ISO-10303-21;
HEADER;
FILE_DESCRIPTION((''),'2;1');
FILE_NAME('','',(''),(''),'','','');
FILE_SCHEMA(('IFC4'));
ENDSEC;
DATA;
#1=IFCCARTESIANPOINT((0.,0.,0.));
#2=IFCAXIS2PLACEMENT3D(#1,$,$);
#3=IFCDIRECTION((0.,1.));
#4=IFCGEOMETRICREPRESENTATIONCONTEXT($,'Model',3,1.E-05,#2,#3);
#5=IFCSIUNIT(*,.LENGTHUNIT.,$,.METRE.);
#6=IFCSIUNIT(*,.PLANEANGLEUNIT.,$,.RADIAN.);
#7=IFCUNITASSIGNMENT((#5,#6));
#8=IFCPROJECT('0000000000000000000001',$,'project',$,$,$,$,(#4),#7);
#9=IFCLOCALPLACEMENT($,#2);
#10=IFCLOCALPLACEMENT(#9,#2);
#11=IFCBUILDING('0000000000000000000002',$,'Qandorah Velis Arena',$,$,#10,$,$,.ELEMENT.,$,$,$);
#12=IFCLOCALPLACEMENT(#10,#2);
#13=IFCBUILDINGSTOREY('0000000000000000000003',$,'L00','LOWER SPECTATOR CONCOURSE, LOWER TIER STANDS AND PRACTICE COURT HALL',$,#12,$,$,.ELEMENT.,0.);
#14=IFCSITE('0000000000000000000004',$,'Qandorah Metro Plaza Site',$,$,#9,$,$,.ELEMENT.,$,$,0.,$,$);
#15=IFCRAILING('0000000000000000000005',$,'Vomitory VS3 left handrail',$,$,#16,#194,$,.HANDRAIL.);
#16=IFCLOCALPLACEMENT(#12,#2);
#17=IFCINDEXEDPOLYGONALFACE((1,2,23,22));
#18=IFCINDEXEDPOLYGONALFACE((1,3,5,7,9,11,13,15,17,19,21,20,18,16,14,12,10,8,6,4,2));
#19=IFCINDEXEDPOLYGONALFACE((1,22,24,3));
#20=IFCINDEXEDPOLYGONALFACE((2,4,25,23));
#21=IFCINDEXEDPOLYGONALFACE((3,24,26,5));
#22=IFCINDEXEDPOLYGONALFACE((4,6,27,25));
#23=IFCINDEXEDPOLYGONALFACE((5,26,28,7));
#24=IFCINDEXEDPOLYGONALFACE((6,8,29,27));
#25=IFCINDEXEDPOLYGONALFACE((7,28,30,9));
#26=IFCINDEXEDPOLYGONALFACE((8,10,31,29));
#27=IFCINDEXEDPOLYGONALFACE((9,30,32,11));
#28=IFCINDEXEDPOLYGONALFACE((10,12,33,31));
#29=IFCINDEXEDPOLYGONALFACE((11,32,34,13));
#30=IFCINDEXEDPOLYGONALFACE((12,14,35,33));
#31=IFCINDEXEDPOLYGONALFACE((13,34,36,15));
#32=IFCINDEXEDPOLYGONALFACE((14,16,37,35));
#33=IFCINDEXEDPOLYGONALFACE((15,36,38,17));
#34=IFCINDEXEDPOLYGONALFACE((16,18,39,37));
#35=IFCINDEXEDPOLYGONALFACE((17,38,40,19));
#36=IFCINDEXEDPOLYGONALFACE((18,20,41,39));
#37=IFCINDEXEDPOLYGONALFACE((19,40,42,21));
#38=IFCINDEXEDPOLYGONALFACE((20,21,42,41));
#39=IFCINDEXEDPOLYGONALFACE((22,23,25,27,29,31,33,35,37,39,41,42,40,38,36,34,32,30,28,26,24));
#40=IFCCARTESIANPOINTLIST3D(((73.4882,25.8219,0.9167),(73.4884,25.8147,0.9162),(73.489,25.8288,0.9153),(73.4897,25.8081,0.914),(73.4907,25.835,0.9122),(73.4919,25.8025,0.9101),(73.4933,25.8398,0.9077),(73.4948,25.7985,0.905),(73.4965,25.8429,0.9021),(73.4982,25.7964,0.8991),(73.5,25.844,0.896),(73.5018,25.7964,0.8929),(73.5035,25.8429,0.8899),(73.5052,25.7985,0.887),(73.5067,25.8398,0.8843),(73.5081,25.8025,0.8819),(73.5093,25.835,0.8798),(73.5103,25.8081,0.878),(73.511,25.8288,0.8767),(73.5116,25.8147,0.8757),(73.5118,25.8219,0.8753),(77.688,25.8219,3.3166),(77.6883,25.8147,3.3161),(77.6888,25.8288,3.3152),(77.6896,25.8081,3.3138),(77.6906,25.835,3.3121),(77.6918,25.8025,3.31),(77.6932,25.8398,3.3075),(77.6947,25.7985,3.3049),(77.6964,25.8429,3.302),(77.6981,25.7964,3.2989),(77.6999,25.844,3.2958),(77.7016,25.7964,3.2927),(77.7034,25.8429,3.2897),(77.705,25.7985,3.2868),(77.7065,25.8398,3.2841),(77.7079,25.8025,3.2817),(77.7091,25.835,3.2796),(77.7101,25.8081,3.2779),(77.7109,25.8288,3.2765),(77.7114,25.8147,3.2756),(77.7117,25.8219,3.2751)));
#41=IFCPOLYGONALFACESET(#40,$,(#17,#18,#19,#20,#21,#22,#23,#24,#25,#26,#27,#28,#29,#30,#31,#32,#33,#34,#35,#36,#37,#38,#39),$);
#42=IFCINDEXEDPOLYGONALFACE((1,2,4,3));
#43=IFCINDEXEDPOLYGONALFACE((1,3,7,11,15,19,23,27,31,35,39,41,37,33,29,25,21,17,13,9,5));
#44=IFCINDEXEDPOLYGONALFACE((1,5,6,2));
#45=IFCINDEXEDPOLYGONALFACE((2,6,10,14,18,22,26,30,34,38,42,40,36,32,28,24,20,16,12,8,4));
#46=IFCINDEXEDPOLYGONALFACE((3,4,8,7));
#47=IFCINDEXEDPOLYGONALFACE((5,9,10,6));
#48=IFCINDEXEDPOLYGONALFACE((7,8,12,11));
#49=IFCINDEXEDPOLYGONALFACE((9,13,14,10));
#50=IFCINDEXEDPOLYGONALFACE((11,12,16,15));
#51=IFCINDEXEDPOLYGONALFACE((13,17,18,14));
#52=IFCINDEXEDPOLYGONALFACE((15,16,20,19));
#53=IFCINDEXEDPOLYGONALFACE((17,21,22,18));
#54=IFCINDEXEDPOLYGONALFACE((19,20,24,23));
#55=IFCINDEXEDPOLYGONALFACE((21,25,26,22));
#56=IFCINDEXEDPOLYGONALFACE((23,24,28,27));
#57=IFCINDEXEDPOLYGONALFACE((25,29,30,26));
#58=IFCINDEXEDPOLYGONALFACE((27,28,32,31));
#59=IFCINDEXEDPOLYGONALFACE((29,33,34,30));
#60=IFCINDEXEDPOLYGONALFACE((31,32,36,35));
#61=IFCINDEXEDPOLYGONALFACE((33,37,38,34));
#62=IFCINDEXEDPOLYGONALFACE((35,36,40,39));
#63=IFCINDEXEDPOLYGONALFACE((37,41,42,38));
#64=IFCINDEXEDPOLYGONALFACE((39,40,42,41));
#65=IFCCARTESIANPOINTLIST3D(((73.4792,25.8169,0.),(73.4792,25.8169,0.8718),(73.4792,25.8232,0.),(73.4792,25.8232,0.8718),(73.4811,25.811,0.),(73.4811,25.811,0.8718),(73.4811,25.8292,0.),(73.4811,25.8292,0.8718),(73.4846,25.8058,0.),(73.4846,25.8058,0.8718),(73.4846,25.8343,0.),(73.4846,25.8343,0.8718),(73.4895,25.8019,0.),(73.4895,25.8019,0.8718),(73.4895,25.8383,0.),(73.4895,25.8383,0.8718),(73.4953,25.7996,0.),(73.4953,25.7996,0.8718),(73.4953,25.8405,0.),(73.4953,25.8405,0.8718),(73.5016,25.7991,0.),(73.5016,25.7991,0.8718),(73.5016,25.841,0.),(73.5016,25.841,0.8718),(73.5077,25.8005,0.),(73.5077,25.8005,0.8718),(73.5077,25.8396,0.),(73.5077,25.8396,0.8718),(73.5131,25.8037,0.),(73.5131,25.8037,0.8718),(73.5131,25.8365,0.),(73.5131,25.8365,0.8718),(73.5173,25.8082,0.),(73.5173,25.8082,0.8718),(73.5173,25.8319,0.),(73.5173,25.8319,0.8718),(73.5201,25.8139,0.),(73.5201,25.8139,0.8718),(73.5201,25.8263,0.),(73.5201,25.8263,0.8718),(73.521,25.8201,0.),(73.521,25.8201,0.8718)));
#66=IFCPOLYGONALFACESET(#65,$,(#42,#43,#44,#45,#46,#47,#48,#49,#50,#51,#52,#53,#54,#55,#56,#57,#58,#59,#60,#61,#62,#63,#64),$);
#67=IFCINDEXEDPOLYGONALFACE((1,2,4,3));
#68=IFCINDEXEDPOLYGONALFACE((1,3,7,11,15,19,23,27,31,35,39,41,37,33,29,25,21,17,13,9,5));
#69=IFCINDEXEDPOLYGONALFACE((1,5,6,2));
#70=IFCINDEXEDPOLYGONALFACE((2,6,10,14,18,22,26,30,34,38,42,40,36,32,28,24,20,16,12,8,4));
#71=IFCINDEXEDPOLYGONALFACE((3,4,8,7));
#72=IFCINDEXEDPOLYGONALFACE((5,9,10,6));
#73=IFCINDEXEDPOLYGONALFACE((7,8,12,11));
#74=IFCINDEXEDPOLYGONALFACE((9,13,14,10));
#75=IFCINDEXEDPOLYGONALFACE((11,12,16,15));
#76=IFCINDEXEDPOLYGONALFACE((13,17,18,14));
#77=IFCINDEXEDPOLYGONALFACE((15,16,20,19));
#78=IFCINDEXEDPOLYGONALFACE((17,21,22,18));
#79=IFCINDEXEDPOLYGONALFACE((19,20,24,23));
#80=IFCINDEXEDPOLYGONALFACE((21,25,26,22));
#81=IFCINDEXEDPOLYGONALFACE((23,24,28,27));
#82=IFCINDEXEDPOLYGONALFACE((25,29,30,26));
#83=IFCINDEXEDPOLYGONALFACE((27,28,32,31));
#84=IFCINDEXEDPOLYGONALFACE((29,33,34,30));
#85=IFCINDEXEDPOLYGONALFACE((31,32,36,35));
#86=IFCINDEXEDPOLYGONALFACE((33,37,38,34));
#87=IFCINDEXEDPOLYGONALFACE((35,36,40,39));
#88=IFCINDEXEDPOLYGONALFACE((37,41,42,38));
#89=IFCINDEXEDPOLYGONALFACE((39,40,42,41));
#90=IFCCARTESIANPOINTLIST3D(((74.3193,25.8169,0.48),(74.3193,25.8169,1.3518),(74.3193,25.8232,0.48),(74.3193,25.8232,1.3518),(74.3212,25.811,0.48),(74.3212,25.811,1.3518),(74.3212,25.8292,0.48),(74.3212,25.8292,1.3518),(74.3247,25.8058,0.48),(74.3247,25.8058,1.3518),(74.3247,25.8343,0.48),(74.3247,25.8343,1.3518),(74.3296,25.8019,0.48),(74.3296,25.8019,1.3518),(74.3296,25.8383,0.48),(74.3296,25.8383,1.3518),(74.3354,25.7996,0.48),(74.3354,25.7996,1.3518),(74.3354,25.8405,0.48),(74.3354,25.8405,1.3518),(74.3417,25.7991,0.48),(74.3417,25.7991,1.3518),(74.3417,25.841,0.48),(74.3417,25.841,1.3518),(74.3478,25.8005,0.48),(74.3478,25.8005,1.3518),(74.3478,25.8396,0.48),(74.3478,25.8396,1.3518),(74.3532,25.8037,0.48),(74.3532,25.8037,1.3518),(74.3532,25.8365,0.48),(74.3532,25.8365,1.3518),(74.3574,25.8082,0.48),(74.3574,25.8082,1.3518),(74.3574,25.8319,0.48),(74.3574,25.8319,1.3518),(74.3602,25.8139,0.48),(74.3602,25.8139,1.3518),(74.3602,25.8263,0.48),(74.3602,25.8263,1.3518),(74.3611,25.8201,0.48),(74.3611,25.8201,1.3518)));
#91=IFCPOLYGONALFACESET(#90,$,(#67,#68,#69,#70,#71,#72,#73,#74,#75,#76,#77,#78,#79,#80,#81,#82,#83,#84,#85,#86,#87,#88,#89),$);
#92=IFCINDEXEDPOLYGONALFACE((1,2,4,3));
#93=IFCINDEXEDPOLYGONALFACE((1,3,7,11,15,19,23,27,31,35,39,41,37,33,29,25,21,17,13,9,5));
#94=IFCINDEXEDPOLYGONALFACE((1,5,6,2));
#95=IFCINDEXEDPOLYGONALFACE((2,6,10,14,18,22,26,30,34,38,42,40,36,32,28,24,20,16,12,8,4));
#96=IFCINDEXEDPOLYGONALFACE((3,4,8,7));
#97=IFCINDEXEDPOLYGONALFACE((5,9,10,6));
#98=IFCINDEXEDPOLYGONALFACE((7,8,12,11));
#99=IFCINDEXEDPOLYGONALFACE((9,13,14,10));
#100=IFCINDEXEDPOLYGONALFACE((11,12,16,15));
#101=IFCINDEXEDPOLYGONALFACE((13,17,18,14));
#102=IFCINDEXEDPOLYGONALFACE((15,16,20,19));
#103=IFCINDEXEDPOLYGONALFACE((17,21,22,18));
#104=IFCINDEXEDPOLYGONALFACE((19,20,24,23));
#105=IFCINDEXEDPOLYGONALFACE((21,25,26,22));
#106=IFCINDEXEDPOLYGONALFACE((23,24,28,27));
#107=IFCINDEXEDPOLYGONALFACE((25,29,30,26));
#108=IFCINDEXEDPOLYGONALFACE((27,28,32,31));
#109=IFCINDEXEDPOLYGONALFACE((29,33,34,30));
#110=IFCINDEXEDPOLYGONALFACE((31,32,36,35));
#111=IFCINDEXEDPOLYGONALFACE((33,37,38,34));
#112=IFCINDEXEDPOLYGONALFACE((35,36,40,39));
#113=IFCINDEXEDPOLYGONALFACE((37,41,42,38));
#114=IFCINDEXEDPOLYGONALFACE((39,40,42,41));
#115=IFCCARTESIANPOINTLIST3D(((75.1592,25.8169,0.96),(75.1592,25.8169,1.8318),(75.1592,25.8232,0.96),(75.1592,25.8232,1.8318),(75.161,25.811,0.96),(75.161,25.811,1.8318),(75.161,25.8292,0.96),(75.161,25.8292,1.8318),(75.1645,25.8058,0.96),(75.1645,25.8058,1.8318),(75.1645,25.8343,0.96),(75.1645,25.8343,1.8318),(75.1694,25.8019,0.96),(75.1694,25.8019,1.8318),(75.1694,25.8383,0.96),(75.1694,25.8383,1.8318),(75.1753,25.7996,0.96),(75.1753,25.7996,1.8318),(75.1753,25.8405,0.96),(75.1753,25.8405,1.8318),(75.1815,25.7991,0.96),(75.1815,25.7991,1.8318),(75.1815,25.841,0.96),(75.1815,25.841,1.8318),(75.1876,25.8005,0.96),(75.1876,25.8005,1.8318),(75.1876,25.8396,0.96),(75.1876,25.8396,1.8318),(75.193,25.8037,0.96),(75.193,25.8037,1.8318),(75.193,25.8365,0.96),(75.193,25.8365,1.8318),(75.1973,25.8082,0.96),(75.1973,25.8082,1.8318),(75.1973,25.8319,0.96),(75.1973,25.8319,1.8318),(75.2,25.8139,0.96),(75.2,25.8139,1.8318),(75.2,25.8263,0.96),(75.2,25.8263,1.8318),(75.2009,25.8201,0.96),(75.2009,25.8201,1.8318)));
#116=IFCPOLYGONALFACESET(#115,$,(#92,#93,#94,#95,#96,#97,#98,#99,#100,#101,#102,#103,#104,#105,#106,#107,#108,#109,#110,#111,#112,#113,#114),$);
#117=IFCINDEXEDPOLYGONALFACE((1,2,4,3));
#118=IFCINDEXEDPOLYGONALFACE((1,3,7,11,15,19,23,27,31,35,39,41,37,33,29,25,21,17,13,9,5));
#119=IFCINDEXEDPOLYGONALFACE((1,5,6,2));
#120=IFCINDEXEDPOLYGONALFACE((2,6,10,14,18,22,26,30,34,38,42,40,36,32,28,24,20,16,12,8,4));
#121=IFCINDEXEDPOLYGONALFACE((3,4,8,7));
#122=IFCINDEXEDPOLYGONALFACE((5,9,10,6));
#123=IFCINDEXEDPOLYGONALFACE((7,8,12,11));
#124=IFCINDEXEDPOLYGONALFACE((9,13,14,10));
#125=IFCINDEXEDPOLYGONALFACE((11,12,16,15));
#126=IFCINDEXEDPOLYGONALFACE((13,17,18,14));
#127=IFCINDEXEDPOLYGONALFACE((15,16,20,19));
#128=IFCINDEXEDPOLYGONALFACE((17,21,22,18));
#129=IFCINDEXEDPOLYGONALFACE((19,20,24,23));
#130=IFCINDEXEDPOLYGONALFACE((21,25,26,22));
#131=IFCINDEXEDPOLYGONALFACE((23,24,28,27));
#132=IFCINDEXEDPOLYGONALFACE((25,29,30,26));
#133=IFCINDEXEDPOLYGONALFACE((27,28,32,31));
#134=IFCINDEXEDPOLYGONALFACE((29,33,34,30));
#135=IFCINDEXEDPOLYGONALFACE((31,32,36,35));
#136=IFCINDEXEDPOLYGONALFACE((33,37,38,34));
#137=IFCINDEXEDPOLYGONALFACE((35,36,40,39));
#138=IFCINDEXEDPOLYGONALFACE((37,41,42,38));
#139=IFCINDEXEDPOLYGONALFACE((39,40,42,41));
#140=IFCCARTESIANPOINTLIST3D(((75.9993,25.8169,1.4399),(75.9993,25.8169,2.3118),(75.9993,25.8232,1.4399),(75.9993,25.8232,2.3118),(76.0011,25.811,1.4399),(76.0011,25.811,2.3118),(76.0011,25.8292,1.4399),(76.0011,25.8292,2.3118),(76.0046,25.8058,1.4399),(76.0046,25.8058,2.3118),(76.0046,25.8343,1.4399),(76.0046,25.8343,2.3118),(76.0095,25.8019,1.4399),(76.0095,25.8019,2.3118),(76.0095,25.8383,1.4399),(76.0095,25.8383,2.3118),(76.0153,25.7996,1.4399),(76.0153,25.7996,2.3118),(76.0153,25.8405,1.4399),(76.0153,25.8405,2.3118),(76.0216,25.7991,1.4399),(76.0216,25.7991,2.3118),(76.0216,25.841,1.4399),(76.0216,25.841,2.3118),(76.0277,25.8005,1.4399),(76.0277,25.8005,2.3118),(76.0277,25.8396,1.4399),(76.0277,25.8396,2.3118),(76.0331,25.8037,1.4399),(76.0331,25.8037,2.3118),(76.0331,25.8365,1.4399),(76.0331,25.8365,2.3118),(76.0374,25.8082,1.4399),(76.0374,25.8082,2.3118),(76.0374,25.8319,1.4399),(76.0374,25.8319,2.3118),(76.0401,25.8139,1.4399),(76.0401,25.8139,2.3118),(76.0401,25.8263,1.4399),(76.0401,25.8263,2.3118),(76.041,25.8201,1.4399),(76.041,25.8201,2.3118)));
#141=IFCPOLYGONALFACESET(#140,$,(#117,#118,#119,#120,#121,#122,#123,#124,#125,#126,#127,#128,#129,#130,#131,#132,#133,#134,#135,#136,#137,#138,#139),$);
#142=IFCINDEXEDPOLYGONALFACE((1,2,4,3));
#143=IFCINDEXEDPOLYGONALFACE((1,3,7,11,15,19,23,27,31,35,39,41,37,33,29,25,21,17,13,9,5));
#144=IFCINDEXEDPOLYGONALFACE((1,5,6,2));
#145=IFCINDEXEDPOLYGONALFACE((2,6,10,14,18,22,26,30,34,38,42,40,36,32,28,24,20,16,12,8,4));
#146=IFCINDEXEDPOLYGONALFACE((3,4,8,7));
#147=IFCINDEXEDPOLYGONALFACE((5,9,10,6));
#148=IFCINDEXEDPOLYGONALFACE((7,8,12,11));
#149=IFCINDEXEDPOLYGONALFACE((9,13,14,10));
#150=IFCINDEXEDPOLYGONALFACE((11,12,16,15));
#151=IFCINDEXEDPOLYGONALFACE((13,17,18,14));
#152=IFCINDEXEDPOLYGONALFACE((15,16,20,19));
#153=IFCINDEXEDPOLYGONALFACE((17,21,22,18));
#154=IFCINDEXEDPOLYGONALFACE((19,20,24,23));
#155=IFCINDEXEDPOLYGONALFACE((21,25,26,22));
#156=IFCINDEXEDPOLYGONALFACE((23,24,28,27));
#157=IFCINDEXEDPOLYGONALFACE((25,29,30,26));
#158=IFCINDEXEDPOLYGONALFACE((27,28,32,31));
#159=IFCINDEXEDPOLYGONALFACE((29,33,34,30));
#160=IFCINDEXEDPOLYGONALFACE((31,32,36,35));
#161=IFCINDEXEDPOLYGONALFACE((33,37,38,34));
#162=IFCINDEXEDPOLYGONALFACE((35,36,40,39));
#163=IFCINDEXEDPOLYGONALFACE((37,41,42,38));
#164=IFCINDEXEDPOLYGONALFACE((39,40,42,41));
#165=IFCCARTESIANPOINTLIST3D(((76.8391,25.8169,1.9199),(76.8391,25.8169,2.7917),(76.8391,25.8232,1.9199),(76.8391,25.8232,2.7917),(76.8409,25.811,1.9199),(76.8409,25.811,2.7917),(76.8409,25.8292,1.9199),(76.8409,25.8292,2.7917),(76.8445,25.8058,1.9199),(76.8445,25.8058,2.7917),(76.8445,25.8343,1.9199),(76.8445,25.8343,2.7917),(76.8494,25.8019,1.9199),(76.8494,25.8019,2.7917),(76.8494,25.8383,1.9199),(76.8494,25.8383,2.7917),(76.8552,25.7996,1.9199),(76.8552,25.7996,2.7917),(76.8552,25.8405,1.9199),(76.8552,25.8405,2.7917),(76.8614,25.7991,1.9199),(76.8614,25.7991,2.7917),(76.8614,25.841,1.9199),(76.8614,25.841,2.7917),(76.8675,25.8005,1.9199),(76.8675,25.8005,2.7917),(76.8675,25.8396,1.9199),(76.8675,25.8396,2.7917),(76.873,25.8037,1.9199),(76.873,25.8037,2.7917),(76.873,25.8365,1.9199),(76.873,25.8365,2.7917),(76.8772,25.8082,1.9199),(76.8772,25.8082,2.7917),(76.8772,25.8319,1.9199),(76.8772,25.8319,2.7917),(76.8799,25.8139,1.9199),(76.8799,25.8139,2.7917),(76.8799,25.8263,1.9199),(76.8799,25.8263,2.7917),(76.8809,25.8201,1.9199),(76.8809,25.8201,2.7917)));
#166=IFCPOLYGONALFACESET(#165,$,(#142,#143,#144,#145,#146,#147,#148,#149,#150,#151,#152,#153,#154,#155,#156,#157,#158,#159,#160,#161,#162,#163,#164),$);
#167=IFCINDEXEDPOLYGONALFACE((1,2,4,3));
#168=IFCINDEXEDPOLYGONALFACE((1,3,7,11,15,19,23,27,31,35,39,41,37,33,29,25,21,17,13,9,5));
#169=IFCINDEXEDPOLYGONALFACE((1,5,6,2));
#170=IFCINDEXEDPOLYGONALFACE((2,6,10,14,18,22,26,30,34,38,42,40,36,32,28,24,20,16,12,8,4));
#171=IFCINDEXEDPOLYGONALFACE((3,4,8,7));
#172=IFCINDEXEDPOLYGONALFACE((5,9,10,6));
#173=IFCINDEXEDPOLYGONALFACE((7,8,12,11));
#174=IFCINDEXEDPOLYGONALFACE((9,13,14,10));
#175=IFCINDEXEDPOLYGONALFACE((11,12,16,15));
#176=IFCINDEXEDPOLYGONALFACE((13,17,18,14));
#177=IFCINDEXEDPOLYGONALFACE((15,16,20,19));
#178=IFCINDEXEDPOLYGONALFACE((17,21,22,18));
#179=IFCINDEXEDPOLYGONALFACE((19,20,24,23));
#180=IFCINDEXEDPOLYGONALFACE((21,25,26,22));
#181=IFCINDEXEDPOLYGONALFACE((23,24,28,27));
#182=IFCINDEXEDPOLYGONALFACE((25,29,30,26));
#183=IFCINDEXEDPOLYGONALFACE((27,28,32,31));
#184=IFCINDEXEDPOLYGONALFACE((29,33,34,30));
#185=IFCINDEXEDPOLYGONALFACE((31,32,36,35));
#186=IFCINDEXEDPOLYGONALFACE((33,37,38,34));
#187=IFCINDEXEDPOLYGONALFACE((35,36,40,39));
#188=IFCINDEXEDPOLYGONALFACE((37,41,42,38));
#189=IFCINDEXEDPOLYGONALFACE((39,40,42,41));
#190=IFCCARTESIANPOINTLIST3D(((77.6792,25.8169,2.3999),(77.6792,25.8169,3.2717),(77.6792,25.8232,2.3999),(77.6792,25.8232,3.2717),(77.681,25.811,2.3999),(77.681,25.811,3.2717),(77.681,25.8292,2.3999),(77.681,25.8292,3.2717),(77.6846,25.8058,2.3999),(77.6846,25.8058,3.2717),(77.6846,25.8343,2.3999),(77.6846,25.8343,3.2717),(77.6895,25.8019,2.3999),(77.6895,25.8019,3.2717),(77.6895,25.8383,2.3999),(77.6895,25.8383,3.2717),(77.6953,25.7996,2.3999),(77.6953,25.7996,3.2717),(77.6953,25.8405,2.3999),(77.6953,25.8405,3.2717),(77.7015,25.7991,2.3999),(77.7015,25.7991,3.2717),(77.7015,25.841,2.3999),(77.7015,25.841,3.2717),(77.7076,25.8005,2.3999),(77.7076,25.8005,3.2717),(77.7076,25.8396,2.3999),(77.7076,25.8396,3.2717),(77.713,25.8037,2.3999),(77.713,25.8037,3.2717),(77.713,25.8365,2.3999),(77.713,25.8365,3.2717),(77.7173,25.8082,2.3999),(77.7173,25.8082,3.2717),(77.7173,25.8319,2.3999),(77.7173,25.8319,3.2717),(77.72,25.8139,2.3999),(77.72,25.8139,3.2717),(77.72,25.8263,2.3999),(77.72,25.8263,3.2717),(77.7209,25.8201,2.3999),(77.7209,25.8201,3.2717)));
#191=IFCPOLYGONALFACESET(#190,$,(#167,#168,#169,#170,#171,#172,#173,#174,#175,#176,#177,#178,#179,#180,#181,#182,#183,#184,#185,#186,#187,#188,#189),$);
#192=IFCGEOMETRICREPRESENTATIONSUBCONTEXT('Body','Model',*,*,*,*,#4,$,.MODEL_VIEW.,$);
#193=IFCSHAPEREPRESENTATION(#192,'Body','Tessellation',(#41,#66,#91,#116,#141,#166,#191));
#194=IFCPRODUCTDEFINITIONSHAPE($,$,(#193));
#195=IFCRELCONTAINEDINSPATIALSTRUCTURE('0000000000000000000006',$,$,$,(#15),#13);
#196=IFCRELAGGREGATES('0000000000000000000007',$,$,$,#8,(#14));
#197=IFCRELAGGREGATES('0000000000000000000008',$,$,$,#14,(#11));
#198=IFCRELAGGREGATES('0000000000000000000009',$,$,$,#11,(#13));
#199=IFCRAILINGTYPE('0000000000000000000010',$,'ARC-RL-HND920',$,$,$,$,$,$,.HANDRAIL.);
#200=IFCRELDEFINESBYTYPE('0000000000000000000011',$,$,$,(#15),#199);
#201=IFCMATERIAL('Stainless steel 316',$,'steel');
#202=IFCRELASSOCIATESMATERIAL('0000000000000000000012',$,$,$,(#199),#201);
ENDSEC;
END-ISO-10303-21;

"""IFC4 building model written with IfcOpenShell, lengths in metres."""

from ifc_helpers import new_model, si_unit, direction, frame, origin, origin_2d, place, context, subcontext, project, spatial, circle, extrude, material, type_object, element, save


model = new_model("IFC4")

# Units and contexts
model_context = context("Model", 3, precision=1e-05, world=origin(), true_north=direction((0.0, 1.0)))
body_context = subcontext(model_context, "Body", "Model", "MODEL_VIEW")
ifc_project = project(units=[si_unit("LENGTHUNIT", "METRE"), si_unit("PLANEANGLEUNIT", "RADIAN")], contexts=[model_context])

# Site, building, storey
site_placement = place(None, origin())
site = spatial("IfcSite", under=ifc_project, at=site_placement, Name="Qandorah Metro Plaza Site", CompositionType="ELEMENT", RefElevation=0.0)
building_placement = place(site_placement, origin())
building = spatial("IfcBuilding", under=site, at=building_placement, Name="Qandorah Velis Arena", CompositionType="ELEMENT")
storey_placement = place(building_placement, origin())
storey = spatial("IfcBuildingStorey", under=building, at=storey_placement, Name="L00", Description="LOWER SPECTATOR CONCOURSE, LOWER TIER STANDS AND PRACTICE COURT HALL", CompositionType="ELEMENT", Elevation=0.0)

# Railing
ifc_material_1 = material(Name="Stainless steel 316", Category="steel")
railing_type_1 = type_object("IfcRailingType", Name="ARC-RL-HND920", PredefinedType="HANDRAIL", material=ifc_material_1)
for number, where, name in (
    (1, (73.5, 25.8201, 0.0), "Vomitory VS3 left handrail"),
):
    element("IfcRailing", number, at=place(storey_placement, frame(where)), inside=storey, type_object=railing_type_1, Name=name, PredefinedType="HANDRAIL", context=body_context, shape_type="SweptSolid", body=[
        extrude(circle(Radius=0.0239, at=origin_2d()), frame((0.0, 0.0, 0.896), z_axis=(0.868249, 0.0, 0.496128), x_axis=(0.0, 1.0, 0.0)), (0.0, 0.0, 1.0), 4.8372),
        extrude(circle(Radius=0.021, at=origin_2d()), origin(), (0.0, 0.0, 1.0), 0.8718),
        extrude(circle(Radius=0.021, at=origin_2d()), frame((0.8401, 0.0, 0.48)), (0.0, 0.0, 1.0), 0.8718),
        extrude(circle(Radius=0.021, at=origin_2d()), frame((1.6799, 0.0, 0.96)), (0.0, 0.0, 1.0), 0.8718),
        extrude(circle(Radius=0.021, at=origin_2d()), frame((2.52, 0.0, 1.4399)), (0.0, 0.0, 1.0), 0.8718),
        extrude(circle(Radius=0.021, at=origin_2d()), frame((3.3599, 0.0, 1.9199)), (0.0, 0.0, 1.0), 0.8718),
        extrude(circle(Radius=0.021, at=origin_2d()), frame((4.2, 0.0, 2.3999)), (0.0, 0.0, 1.0), 0.8718),
    ])

save(model, "model.ifc")
